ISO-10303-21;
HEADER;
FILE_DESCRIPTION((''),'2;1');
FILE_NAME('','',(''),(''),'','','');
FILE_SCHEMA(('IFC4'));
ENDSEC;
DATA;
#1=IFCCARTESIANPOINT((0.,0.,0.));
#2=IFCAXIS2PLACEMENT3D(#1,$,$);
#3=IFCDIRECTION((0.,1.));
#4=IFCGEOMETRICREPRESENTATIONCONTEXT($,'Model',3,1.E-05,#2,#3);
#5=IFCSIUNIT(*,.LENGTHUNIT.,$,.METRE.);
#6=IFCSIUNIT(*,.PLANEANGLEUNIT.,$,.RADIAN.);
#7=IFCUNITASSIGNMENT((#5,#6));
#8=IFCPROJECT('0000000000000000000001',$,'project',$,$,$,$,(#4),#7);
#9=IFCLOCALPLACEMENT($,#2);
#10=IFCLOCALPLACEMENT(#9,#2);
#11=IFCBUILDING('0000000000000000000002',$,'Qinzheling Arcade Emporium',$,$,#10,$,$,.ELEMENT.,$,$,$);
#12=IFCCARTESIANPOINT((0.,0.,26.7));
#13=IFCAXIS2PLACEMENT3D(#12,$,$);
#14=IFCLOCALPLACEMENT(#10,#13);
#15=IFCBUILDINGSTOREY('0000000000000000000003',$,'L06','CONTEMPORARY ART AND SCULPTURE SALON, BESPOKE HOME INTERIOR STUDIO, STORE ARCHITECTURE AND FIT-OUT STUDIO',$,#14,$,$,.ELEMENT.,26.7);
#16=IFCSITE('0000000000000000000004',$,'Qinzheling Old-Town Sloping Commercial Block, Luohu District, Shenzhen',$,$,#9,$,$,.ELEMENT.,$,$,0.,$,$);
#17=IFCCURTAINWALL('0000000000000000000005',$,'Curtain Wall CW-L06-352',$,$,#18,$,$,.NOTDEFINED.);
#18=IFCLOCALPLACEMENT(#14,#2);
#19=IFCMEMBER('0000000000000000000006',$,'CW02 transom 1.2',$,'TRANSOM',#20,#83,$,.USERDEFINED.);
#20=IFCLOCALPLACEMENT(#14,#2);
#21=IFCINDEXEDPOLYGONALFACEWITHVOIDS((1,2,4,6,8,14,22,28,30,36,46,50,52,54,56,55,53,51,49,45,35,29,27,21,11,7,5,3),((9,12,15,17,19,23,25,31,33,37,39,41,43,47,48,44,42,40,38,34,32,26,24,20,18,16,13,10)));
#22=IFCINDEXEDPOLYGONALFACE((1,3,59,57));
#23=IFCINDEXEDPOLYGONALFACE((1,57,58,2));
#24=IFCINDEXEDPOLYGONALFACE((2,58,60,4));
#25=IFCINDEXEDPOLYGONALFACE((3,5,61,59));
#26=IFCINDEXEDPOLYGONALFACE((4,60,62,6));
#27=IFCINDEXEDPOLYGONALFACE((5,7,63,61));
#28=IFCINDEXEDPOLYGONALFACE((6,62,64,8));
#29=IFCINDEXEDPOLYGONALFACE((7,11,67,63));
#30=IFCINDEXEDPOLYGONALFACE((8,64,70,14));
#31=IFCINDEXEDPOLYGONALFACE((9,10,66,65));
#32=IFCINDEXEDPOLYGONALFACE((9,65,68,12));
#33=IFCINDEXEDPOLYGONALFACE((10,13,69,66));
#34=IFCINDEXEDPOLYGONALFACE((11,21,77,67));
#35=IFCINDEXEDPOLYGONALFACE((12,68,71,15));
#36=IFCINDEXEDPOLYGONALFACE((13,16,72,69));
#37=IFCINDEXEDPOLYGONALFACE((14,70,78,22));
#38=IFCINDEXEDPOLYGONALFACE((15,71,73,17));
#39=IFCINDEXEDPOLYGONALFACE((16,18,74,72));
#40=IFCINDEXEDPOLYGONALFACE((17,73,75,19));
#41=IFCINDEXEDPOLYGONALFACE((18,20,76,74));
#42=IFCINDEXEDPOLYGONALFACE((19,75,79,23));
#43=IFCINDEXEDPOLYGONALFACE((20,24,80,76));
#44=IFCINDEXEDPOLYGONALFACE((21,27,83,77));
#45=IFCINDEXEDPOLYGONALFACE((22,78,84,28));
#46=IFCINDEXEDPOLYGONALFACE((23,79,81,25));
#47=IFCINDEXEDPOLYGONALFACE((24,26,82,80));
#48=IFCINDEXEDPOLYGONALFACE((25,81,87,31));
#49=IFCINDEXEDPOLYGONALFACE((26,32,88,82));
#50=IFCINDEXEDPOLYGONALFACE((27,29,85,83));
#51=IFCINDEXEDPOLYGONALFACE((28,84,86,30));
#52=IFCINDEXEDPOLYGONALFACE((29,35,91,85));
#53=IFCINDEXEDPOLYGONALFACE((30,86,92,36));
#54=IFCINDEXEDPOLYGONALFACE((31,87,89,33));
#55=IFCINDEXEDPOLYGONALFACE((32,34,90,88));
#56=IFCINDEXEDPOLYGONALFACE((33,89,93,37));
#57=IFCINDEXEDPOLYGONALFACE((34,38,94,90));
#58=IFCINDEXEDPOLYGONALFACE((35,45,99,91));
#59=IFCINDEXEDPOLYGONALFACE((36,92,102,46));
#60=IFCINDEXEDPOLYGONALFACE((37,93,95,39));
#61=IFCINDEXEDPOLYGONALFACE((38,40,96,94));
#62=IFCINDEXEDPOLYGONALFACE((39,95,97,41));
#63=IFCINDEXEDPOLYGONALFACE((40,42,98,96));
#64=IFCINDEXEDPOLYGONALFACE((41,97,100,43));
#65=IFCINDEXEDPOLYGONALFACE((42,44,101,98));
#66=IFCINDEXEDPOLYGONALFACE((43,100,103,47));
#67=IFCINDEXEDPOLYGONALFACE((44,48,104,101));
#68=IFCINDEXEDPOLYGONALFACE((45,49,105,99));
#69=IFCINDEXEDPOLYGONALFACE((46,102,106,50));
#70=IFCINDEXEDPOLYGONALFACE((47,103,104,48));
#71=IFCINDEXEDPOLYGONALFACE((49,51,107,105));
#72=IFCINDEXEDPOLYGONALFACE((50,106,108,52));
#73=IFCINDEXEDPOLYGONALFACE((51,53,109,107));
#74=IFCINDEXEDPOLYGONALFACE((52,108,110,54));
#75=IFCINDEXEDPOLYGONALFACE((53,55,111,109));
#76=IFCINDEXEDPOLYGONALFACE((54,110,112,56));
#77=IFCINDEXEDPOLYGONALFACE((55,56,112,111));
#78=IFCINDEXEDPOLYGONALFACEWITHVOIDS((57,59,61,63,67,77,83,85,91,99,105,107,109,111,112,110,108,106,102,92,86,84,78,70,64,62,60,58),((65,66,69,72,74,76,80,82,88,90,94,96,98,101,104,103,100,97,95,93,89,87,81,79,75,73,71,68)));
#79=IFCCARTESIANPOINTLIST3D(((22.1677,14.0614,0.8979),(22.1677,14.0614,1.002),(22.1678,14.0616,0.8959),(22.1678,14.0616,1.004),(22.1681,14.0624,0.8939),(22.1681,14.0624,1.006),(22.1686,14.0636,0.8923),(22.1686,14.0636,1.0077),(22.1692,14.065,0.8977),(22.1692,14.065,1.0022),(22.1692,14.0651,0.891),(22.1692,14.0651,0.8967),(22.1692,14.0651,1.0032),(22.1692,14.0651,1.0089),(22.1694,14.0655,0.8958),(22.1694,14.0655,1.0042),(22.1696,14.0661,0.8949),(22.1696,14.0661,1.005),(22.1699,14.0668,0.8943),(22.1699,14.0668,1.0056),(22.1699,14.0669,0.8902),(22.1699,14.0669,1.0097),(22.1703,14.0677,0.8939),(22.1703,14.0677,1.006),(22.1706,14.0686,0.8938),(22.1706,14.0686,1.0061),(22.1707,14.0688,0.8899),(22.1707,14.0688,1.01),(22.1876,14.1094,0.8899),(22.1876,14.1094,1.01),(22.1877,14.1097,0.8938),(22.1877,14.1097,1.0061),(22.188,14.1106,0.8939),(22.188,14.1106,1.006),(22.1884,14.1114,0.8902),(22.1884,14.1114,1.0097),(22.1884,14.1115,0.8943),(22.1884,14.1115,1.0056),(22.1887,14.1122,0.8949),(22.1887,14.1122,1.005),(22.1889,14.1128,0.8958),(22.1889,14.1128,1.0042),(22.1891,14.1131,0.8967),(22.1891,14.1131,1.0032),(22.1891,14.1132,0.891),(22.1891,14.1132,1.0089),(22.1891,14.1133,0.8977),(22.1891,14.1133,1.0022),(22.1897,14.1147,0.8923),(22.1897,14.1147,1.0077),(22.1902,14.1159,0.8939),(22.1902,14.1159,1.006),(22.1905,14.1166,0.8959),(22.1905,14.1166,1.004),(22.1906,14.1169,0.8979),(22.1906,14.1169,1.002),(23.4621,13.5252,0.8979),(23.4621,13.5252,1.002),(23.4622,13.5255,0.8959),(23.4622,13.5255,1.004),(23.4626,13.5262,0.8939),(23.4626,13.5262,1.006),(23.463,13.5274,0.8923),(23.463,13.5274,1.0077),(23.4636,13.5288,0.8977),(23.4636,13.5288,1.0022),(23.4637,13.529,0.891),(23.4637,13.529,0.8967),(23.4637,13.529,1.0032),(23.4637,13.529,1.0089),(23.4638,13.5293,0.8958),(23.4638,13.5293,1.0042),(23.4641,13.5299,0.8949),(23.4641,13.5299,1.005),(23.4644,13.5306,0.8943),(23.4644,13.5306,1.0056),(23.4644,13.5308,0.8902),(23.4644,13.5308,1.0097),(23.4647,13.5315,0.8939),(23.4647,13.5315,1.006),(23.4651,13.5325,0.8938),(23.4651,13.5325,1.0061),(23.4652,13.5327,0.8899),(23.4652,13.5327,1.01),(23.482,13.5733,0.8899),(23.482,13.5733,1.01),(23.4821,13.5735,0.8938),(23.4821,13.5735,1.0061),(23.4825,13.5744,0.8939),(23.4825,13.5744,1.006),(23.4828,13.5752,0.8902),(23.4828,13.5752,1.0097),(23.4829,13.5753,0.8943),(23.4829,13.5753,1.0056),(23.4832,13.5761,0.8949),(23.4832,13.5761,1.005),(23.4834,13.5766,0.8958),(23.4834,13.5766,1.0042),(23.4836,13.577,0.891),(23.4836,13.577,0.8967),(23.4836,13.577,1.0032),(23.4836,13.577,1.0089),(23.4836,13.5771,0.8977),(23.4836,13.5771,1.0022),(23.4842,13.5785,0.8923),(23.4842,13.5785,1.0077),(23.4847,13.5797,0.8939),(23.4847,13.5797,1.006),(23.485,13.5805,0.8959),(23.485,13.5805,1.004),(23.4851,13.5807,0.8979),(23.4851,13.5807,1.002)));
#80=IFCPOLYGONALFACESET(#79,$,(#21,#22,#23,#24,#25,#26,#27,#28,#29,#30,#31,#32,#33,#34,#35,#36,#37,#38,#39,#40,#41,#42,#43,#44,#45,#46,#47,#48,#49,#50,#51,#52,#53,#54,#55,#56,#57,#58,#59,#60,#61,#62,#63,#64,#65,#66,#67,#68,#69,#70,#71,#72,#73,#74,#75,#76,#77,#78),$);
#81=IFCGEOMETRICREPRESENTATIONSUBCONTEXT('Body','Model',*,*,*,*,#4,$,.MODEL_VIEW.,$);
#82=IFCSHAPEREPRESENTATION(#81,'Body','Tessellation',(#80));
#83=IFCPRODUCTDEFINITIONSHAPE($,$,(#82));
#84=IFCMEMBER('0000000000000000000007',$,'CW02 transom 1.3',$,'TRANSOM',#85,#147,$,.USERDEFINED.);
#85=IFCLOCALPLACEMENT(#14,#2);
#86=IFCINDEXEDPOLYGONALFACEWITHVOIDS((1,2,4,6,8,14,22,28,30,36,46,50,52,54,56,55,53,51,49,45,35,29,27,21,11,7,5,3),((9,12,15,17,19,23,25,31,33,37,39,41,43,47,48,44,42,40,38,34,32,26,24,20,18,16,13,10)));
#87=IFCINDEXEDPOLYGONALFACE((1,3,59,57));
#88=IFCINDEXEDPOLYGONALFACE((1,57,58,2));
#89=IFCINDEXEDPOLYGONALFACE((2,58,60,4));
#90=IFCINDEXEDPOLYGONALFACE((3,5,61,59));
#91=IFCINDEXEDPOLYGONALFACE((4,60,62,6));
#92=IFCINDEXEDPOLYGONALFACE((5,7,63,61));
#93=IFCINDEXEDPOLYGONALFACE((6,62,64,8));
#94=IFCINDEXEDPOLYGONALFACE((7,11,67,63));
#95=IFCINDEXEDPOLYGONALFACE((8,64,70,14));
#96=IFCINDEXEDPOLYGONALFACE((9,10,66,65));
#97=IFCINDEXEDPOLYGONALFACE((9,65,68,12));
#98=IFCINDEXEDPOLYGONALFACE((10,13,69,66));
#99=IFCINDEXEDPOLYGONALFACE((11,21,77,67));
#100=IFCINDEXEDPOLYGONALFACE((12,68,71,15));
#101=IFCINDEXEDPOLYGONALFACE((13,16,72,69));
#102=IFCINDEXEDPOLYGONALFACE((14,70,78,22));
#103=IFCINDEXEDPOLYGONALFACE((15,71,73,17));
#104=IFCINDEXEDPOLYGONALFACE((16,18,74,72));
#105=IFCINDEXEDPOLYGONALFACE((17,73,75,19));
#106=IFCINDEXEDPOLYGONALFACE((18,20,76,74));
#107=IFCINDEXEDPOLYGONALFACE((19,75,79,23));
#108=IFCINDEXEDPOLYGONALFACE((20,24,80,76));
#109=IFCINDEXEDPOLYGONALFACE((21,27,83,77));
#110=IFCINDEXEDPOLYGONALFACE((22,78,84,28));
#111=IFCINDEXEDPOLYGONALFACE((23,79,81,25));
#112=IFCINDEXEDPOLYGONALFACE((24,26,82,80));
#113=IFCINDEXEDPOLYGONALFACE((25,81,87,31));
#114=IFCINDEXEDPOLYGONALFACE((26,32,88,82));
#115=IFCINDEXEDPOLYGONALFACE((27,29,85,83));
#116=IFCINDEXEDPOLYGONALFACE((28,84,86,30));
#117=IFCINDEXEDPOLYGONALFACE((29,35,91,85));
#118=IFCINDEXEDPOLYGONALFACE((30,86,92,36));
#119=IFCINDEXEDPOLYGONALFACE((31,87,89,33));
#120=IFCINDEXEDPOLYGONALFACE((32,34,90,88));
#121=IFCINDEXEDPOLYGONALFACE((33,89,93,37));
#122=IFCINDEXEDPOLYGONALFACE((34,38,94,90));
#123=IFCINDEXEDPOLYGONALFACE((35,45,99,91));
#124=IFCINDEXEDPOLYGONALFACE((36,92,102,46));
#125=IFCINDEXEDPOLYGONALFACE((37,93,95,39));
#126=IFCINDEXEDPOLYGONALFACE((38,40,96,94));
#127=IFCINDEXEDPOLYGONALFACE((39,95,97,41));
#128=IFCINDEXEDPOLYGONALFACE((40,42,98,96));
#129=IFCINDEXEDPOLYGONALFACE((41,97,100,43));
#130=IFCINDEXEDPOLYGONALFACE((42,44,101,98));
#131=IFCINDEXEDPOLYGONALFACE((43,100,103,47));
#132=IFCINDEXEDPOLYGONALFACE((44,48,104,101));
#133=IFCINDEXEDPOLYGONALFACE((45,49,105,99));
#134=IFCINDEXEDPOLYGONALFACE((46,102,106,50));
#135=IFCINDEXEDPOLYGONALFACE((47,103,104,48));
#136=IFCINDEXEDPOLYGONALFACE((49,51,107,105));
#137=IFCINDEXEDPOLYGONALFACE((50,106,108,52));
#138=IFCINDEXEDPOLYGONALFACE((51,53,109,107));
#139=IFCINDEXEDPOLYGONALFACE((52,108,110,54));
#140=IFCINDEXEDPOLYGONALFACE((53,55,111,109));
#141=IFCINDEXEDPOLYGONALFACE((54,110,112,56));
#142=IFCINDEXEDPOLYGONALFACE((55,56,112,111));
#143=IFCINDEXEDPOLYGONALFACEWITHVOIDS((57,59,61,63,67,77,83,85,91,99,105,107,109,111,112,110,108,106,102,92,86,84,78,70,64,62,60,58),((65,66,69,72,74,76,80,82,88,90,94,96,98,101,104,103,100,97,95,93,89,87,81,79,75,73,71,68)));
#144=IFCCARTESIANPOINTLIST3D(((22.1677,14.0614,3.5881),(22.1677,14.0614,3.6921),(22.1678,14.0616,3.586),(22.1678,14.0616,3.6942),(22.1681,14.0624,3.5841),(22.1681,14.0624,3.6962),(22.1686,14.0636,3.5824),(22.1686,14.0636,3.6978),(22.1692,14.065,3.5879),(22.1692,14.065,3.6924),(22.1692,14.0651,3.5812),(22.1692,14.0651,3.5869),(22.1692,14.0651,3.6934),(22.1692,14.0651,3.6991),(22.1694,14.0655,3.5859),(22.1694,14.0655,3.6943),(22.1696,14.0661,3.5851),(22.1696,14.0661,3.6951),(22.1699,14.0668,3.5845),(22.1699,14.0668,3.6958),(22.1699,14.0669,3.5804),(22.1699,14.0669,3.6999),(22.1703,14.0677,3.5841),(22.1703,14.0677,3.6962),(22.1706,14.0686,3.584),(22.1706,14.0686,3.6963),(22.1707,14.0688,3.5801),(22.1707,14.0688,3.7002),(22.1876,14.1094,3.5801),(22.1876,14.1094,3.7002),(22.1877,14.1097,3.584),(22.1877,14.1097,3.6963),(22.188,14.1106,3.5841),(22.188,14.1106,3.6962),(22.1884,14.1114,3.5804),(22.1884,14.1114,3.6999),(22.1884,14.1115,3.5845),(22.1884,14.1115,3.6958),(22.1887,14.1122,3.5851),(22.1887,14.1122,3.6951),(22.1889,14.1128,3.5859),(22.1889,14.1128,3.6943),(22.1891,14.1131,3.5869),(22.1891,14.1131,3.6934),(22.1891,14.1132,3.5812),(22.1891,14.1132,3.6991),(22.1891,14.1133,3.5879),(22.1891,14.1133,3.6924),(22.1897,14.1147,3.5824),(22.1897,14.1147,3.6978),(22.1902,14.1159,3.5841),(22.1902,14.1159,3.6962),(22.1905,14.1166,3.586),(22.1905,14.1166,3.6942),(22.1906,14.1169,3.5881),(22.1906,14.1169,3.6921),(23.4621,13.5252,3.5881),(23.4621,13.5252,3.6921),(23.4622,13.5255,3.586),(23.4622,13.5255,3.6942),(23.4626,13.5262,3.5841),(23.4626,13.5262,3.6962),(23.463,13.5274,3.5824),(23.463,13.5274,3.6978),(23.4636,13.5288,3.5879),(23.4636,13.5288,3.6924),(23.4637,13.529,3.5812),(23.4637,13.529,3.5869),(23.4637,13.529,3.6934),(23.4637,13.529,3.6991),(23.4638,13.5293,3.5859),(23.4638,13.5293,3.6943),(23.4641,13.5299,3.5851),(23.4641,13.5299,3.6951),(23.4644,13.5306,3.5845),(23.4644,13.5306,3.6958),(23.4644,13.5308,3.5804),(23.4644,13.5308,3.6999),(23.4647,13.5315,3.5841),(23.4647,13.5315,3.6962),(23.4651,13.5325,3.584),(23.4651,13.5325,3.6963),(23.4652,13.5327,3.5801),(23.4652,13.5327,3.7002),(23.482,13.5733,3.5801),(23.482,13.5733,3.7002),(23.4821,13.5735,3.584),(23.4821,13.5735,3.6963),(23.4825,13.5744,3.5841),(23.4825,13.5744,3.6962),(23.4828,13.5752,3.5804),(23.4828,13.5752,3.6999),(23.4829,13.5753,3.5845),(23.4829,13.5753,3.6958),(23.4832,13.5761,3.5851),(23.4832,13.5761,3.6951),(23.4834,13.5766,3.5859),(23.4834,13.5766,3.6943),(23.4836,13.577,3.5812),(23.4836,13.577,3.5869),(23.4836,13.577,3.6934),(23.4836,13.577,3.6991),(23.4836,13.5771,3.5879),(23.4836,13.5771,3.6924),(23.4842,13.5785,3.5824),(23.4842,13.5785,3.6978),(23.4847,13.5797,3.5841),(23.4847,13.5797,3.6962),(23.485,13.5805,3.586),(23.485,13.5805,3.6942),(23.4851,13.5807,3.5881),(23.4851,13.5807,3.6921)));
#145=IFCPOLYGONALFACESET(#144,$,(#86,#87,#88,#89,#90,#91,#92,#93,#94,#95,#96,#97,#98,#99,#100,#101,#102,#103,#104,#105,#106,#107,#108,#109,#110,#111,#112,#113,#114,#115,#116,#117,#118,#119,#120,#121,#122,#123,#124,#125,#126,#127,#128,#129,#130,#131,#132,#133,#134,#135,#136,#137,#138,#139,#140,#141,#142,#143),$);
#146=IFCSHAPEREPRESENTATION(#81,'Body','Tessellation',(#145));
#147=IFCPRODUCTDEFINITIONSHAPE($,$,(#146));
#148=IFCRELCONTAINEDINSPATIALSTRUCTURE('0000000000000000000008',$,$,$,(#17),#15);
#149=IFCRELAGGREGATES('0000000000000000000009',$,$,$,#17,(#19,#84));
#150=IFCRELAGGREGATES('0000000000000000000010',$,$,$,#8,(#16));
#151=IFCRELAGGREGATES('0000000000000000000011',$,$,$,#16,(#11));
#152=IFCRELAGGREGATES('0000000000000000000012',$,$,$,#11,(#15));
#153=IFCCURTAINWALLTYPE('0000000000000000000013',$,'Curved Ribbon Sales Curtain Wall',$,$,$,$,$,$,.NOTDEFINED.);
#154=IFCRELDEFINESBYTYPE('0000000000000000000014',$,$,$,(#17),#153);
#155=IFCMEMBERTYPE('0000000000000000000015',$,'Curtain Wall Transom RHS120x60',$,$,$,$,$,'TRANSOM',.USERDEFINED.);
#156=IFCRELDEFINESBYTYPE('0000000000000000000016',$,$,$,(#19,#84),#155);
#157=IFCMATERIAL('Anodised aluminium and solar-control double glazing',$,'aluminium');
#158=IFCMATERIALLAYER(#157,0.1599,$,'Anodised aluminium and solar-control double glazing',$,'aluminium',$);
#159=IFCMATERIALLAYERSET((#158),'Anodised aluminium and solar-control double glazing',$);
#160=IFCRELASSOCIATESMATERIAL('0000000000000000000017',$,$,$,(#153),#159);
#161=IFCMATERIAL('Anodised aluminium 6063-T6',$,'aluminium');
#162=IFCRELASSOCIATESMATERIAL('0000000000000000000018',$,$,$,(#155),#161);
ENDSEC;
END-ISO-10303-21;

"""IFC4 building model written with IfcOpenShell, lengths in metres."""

from ifc_helpers import new_model, si_unit, direction, frame, origin, origin_2d, place, context, subcontext, project, spatial, hollow_rectangle, extrude, material, layer, layer_set, material_profile, profile_set, type_object, element, aggregate, save


model = new_model("IFC4")

# Units and contexts
model_context = context("Model", 3, precision=1e-05, world=origin(), true_north=direction((0.0, 1.0)))
body_context = subcontext(model_context, "Body", "Model", "MODEL_VIEW")
ifc_project = project(units=[si_unit("LENGTHUNIT", "METRE"), si_unit("PLANEANGLEUNIT", "RADIAN")], contexts=[model_context])

# Site, building, storey
site_placement = place(None, origin())
site = spatial("IfcSite", under=ifc_project, at=site_placement, Name="Qinzheling Old-Town Sloping Commercial Block, Luohu District, Shenzhen", CompositionType="ELEMENT", RefElevation=0.0)
building_placement = place(site_placement, origin())
building = spatial("IfcBuilding", under=site, at=building_placement, Name="Qinzheling Arcade Emporium", CompositionType="ELEMENT")
storey_placement = place(building_placement, frame((0.0, 0.0, 26.7)))
storey = spatial("IfcBuildingStorey", under=building, at=storey_placement, Name="L06", Description="CONTEMPORARY ART AND SCULPTURE SALON, BESPOKE HOME INTERIOR STUDIO, STORE ARCHITECTURE AND FIT-OUT STUDIO", CompositionType="ELEMENT", Elevation=26.7)

# Shared definitions
ifc_material_1 = material(Name="Anodised aluminium and solar-control double glazing", Category="aluminium")
ifc_layer_1 = layer(ifc_material_1, 0.1599, Name="Anodised aluminium and solar-control double glazing", Category="aluminium")
ifc_layer_set_1 = layer_set([ifc_layer_1], Name="Anodised aluminium and solar-control double glazing")
curtain_wall_type = type_object("IfcCurtainWallType", Name="Curved Ribbon Sales Curtain Wall", PredefinedType="NOTDEFINED", material=ifc_layer_set_1)
ifc_material_2 = material(Name="Anodised aluminium 6063-T6", Category="aluminium")

# Curtain wall
curtain_wall_1_placement = place(storey_placement, origin())
curtain_wall_1 = element("IfcCurtainWall", 1, at=curtain_wall_1_placement, inside=storey, type_object=curtain_wall_type, Name="Curtain Wall CW-L06-352", PredefinedType="NOTDEFINED")

# Members
ifc_material_profile_1 = material_profile(ifc_material_2, hollow_rectangle(XDim=0.0601, YDim=0.1201, WallThickness=0.0039, InnerFilletRadius=0.0039, OuterFilletRadius=0.0081, at=origin_2d()), Name="RHS 120x60x4", Category="aluminium")
ifc_profile_set_1 = profile_set([ifc_material_profile_1], Name="Anodised aluminium 6063-T6")
member_type_1 = type_object("IfcMemberType", Name="Curtain Wall Transom RHS120x60", ElementType="TRANSOM", PredefinedType="USERDEFINED", material=ifc_profile_set_1)
member_1_placement = place(storey_placement, frame((23.4736, 13.553, 0.95), z_axis=(-0.923889, 0.38266, 0.0), x_axis=(-0.38266, -0.923889, 0.0)))
member_1 = element("IfcMember", 2, at=member_1_placement, type_object=member_type_1, Name="CW02 transom 1.2", ObjectType="TRANSOM", PredefinedType="USERDEFINED", context=body_context, shape_type="SweptSolid", body=[
    extrude(hollow_rectangle(XDim=0.0601, YDim=0.1201, WallThickness=0.0039, InnerFilletRadius=0.0039, OuterFilletRadius=0.0081, at=origin_2d()), origin(), (0.0, 0.0, 1.0), 1.4011),
])
member_2_placement = place(storey_placement, frame((23.4736, 13.553, 3.6401), z_axis=(-0.923889, 0.38266, 0.0), x_axis=(-0.38266, -0.923889, 0.0)))
member_2 = element("IfcMember", 3, at=member_2_placement, type_object=member_type_1, Name="CW02 transom 1.3", ObjectType="TRANSOM", PredefinedType="USERDEFINED", context=body_context, shape_type="SweptSolid", body=[
    extrude(hollow_rectangle(XDim=0.0601, YDim=0.1201, WallThickness=0.0039, InnerFilletRadius=0.0039, OuterFilletRadius=0.0081, at=origin_2d()), origin(), (0.0, 0.0, 1.0), 1.4011),
])

aggregate(curtain_wall_1, [member_1, member_2])

save(model, "model.ifc")
